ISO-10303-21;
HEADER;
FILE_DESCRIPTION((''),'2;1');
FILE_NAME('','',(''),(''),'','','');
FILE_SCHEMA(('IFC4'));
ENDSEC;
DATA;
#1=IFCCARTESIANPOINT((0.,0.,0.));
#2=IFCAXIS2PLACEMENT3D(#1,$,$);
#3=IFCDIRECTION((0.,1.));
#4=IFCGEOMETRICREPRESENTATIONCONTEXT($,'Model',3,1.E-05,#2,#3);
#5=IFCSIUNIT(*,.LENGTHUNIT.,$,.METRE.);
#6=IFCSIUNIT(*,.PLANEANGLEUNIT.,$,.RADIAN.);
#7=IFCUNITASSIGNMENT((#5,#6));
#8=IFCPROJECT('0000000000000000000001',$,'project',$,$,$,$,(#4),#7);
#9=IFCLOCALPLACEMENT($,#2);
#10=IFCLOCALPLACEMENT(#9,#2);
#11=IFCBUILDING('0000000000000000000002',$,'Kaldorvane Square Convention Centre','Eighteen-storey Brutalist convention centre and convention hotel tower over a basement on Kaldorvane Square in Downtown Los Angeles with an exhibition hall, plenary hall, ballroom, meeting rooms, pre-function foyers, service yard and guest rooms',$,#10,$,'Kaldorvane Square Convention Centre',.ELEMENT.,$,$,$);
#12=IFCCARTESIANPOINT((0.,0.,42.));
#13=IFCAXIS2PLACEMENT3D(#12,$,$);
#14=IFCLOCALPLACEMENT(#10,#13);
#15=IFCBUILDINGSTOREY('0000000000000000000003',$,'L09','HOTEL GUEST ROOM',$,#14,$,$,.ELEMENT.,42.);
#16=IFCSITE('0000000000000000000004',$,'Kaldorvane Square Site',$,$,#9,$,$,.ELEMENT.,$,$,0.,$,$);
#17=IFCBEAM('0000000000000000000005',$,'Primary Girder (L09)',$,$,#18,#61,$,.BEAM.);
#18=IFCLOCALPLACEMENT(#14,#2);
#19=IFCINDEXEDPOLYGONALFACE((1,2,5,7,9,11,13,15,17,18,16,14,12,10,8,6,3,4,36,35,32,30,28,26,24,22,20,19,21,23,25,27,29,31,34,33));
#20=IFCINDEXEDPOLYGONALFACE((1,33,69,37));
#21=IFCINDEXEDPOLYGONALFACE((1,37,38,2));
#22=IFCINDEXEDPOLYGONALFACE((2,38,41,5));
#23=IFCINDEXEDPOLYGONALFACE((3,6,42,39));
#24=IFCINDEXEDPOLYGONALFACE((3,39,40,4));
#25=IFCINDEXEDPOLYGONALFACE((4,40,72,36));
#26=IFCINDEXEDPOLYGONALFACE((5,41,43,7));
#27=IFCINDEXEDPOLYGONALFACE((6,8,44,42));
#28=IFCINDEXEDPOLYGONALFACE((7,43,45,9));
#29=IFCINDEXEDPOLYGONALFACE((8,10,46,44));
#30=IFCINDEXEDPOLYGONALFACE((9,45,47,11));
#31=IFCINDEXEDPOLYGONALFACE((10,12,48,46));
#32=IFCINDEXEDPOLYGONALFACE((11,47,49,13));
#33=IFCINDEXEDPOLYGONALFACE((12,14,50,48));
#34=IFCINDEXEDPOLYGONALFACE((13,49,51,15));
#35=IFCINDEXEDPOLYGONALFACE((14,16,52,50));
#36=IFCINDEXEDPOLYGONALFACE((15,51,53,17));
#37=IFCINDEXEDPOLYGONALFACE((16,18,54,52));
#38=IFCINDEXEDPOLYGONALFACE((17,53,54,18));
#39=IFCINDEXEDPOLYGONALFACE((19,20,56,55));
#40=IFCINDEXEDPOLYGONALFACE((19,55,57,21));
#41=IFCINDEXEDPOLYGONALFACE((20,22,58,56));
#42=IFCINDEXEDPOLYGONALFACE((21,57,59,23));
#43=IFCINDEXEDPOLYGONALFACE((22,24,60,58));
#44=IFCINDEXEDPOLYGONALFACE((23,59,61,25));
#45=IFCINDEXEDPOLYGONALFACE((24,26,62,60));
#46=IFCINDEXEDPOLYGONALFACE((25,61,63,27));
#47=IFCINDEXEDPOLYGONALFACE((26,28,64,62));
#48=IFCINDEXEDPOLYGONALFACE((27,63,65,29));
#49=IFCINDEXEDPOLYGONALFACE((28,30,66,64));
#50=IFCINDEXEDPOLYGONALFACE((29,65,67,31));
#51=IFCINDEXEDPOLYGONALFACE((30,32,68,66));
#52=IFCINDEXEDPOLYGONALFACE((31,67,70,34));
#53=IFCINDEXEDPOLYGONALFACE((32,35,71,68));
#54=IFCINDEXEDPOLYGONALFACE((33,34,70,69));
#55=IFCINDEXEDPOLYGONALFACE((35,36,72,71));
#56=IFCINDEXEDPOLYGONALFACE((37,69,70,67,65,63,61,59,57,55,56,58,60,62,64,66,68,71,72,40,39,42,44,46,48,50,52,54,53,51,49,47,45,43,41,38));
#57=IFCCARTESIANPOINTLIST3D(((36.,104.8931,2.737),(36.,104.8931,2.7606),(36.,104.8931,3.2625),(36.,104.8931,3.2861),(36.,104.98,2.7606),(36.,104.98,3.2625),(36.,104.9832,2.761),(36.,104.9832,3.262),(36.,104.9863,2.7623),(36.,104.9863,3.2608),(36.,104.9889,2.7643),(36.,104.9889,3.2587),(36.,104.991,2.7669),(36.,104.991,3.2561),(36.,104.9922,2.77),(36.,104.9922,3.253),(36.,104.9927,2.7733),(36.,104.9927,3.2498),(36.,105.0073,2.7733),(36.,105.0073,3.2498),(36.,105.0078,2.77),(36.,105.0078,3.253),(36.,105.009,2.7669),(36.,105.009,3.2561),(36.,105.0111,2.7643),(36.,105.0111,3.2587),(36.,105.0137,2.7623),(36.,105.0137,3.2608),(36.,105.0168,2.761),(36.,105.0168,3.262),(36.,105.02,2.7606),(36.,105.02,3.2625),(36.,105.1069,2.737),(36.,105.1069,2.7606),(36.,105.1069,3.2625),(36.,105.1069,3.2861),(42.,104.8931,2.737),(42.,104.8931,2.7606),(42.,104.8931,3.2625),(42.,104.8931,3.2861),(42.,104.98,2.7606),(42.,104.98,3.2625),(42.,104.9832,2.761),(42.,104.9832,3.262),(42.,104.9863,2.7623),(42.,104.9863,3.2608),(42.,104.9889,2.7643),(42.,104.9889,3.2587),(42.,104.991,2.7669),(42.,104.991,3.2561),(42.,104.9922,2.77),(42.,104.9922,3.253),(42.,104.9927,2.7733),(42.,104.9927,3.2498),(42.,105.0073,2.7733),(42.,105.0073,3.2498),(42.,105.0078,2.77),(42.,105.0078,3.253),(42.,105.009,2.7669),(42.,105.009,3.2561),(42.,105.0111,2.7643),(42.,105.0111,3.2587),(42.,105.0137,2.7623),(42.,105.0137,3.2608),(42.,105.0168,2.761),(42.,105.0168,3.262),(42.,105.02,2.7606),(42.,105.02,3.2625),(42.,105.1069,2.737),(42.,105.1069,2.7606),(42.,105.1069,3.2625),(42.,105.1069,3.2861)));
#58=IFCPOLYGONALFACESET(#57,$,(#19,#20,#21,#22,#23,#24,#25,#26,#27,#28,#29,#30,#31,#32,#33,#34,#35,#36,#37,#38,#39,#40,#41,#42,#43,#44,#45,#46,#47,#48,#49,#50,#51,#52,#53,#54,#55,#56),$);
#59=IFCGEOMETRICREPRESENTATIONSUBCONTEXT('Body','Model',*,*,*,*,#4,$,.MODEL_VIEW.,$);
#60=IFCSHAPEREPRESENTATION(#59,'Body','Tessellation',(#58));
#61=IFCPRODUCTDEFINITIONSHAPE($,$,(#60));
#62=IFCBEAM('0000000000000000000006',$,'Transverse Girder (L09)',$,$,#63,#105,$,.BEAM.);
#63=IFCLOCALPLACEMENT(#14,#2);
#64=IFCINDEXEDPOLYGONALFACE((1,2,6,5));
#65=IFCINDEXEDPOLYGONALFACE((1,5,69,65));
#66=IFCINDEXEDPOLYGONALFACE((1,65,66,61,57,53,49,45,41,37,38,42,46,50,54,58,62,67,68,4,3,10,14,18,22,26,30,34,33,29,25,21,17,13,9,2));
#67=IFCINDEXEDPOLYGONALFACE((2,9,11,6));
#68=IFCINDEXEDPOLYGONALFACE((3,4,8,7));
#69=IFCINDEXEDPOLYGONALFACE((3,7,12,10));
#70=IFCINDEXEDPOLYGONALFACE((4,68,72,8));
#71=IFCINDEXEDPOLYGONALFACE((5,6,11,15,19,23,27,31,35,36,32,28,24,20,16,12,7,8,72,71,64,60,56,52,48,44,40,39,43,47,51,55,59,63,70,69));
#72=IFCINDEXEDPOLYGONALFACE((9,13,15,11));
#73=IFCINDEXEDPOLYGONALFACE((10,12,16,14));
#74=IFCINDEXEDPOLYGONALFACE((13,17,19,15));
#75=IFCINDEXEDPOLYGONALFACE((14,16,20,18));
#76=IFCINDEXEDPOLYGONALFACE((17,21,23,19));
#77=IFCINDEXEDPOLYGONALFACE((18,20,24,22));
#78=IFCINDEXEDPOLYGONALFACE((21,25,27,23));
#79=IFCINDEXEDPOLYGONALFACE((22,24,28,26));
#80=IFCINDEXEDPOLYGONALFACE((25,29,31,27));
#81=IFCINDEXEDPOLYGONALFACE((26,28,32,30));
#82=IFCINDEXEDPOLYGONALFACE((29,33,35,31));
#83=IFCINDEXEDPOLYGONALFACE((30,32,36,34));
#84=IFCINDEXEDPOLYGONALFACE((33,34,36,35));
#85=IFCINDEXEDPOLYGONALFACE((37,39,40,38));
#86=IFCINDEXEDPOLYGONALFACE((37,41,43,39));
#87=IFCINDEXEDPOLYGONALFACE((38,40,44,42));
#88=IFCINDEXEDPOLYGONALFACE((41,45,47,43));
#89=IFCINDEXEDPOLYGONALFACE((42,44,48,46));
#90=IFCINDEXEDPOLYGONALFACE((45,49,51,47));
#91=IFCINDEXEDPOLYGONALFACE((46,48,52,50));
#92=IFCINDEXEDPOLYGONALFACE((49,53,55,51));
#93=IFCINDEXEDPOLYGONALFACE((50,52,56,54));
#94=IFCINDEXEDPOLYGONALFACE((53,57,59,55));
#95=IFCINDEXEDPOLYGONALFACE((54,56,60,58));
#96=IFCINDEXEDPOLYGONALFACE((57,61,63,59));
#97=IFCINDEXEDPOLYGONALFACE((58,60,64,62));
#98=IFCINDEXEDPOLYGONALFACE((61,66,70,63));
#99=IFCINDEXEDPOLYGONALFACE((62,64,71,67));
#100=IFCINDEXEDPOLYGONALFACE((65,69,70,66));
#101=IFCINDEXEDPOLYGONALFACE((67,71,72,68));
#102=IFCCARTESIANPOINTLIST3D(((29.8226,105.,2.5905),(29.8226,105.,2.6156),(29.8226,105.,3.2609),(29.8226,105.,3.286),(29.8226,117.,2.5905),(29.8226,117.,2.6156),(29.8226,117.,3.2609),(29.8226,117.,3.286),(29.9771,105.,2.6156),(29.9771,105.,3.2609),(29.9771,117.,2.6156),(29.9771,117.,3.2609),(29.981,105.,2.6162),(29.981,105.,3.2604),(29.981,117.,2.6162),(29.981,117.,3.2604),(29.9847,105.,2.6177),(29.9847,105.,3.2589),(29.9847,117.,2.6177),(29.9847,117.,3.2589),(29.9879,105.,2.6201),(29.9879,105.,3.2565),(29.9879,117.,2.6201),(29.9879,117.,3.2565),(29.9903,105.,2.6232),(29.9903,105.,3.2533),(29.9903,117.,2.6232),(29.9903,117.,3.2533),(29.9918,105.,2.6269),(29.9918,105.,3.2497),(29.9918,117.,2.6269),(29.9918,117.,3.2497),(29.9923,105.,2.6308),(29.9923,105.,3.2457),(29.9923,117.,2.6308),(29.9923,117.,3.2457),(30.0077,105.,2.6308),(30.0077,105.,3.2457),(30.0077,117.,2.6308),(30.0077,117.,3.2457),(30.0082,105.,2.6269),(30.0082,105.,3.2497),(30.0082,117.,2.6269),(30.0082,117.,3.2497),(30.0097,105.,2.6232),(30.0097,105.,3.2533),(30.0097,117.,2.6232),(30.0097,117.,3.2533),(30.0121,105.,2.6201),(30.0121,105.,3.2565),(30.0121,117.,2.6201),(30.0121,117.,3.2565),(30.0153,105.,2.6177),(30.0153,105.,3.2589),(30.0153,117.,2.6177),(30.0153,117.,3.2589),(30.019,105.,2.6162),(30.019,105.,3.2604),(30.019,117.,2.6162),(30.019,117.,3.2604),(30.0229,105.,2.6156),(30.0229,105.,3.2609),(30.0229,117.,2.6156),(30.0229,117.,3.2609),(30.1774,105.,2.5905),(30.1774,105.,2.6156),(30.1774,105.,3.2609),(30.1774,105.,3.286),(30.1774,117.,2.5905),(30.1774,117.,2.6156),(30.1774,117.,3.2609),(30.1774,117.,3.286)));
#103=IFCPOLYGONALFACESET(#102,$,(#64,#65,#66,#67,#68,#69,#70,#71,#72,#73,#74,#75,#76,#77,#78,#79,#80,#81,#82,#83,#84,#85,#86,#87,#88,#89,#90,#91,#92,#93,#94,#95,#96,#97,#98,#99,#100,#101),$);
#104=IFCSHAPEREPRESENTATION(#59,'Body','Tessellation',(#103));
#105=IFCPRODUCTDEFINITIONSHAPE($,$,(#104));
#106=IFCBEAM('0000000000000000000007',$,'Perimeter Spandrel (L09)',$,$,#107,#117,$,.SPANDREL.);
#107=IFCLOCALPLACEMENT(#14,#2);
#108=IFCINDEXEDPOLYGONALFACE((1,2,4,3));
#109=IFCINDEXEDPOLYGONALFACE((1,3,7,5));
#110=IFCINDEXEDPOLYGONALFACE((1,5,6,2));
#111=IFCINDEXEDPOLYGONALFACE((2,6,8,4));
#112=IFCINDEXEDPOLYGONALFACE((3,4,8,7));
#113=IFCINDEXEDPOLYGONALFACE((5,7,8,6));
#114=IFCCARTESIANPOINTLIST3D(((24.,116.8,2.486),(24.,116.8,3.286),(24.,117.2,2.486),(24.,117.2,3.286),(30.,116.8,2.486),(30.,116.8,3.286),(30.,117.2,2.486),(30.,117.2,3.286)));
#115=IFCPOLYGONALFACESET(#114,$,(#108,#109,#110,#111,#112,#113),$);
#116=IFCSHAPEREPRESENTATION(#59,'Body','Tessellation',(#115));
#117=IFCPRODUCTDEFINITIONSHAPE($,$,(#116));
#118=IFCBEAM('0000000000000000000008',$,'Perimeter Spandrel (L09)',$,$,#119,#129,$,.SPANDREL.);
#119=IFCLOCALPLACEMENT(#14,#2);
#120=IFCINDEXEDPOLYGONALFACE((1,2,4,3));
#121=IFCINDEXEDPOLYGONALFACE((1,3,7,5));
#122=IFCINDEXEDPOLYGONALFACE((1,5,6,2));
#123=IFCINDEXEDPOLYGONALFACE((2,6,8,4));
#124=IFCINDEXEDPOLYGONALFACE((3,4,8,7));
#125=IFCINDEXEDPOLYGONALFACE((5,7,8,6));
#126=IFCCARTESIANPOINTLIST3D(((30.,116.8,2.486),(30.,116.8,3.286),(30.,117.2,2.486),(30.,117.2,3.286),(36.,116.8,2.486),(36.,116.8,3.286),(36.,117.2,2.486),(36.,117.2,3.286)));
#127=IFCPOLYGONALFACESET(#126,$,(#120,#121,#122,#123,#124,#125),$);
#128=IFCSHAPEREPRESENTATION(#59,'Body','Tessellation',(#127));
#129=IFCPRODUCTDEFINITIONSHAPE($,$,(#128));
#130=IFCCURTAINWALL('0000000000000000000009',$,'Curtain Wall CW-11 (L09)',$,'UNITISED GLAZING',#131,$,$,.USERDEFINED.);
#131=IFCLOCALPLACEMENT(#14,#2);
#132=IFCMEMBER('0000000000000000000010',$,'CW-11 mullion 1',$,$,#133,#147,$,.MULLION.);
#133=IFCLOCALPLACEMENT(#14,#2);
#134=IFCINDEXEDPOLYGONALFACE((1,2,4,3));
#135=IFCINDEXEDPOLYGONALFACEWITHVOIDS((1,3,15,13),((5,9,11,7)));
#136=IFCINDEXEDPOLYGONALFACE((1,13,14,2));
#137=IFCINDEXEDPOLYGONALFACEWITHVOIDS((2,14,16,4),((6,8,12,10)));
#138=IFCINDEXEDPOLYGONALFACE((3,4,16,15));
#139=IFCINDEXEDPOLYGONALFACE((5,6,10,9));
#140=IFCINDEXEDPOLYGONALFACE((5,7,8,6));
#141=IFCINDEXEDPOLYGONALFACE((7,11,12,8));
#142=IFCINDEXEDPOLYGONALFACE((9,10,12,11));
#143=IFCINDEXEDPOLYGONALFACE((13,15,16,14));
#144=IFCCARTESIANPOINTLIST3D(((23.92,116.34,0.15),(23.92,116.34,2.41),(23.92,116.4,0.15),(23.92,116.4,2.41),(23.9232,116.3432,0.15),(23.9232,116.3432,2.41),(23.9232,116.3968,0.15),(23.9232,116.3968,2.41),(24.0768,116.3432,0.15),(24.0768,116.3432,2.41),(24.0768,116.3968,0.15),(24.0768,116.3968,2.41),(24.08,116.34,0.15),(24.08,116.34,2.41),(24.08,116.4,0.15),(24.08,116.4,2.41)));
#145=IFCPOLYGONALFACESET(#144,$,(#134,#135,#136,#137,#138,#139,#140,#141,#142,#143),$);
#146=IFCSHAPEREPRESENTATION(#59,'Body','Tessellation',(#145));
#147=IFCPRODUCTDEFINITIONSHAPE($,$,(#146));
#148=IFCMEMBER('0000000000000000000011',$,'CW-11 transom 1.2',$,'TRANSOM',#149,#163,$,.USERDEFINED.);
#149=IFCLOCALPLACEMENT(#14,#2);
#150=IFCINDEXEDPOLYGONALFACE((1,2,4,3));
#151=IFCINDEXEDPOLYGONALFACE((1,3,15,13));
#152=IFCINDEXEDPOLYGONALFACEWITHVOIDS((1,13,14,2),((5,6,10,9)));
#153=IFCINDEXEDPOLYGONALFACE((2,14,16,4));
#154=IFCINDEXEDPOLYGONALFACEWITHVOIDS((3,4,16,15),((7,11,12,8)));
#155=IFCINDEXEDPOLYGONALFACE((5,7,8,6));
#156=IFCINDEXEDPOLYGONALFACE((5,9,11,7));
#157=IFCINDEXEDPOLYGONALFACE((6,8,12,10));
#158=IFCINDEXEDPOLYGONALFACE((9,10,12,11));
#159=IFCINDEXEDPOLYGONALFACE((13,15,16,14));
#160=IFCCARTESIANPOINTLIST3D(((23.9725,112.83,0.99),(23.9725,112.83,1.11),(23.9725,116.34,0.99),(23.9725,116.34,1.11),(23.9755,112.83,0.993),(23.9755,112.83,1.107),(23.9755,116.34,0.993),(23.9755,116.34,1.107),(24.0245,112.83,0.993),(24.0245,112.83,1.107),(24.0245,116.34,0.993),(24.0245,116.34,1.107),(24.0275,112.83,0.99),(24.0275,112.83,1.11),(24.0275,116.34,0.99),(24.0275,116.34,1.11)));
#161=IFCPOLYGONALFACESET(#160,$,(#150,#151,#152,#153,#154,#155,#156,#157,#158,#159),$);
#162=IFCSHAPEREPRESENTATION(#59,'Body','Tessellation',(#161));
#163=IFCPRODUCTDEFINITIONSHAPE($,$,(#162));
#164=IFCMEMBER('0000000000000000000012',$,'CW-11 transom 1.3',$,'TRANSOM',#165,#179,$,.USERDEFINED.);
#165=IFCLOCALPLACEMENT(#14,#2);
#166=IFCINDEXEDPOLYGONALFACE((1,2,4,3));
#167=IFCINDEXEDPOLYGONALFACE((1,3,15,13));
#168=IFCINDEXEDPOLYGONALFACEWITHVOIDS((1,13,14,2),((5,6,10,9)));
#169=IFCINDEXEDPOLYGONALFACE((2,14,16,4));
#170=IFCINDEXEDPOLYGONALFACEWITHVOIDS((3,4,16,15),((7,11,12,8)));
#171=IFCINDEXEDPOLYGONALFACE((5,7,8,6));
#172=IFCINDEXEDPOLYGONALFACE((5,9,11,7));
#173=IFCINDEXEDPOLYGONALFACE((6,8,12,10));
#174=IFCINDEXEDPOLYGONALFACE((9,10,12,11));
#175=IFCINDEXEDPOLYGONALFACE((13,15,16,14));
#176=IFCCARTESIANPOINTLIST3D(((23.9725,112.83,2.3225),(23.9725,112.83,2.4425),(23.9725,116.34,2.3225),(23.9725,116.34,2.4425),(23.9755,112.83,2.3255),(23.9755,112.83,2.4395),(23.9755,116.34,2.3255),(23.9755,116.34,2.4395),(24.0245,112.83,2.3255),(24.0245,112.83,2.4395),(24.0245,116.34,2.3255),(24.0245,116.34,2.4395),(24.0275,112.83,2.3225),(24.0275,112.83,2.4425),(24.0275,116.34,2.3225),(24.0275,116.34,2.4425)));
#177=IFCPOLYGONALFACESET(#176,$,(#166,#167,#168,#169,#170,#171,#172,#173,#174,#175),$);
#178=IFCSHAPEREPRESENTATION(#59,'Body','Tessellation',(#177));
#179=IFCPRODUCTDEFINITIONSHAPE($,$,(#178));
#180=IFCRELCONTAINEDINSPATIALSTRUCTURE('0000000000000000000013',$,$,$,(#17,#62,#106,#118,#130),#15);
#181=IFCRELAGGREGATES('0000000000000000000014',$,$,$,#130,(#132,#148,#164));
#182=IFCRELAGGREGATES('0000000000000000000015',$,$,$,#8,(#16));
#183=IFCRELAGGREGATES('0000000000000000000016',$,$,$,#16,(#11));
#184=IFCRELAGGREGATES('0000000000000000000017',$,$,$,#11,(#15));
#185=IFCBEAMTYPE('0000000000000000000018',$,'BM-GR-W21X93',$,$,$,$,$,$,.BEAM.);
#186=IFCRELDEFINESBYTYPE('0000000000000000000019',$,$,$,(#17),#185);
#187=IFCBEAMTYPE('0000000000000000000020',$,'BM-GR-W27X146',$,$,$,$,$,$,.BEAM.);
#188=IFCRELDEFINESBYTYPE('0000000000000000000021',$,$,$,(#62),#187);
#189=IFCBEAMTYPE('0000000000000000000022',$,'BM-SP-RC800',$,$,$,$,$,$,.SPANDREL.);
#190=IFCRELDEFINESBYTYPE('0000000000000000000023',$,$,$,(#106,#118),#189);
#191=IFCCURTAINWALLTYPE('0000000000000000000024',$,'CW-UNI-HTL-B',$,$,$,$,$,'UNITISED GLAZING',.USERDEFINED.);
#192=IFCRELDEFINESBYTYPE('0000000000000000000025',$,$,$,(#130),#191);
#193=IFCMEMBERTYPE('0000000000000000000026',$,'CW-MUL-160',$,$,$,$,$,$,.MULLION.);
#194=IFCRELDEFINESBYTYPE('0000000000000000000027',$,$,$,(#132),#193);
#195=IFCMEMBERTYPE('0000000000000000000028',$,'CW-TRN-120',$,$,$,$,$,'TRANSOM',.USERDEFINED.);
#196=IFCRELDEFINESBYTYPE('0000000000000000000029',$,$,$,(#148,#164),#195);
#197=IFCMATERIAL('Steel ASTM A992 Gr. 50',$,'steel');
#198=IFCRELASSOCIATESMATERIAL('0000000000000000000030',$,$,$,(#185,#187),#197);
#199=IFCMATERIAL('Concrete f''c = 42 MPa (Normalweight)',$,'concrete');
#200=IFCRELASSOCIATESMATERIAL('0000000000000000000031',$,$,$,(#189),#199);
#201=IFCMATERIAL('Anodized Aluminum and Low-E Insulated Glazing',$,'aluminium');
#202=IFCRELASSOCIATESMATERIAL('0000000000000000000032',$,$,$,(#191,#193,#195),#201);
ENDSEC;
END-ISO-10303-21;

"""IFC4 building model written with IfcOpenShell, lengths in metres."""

from ifc_helpers import new_model, si_unit, direction, frame, origin, origin_2d, place, context, subcontext, project, spatial, rectangle, hollow_rectangle, i_section, extrude, material, material_profile, profile_set, type_object, element, aggregate, save


model = new_model("IFC4")

# Units and contexts
model_context = context("Model", 3, precision=1e-05, world=origin(), true_north=direction((0.0, 1.0)))
body_context = subcontext(model_context, "Body", "Model", "MODEL_VIEW")
ifc_project = project(units=[si_unit("LENGTHUNIT", "METRE"), si_unit("PLANEANGLEUNIT", "RADIAN")], contexts=[model_context])

# Site, building, storey
site_placement = place(None, origin())
site = spatial("IfcSite", under=ifc_project, at=site_placement, Name="Kaldorvane Square Site", CompositionType="ELEMENT", RefElevation=0.0)
building_placement = place(site_placement, origin())
building = spatial("IfcBuilding", under=site, at=building_placement, Name="Kaldorvane Square Convention Centre", Description="Eighteen-storey Brutalist convention centre and convention hotel tower over a basement on Kaldorvane Square in Downtown Los Angeles with an exhibition hall, plenary hall, ballroom, meeting rooms, pre-function foyers, service yard and guest rooms", LongName="Kaldorvane Square Convention Centre", CompositionType="ELEMENT")
storey_placement = place(building_placement, frame((0.0, 0.0, 42.0)))
storey = spatial("IfcBuildingStorey", under=building, at=storey_placement, Name="L09", Description="HOTEL GUEST ROOM", CompositionType="ELEMENT", Elevation=42.0)

# Shared definitions
ifc_material_1 = material(Name="Concrete f'c = 42 MPa (Normalweight)", Category="concrete")
ifc_material_2 = material(Name="Steel ASTM A992 Gr. 50", Category="steel")

# Beams
ifc_material_profile_1 = material_profile(ifc_material_2, i_section(OverallWidth=0.2139, OverallDepth=0.5491, WebThickness=0.0147, FlangeThickness=0.0236, FilletRadius=0.0127, at=origin_2d()), Name="W21X93")
ifc_profile_set_1 = profile_set([ifc_material_profile_1], Name="Steel ASTM A992 Gr. 50")
beam_type_1 = type_object("IfcBeamType", Name="BM-GR-W21X93", PredefinedType="BEAM", material=ifc_profile_set_1)
for number, where, z_axis, x_axis, name in (
    (1, (36.0, 105.0, 3.0115), (1.0, 0.0, 0.0), (0.0, 1.0, 0.0), "Primary Girder (L09)"),
):
    element("IfcBeam", number, at=place(storey_placement, frame(where, z_axis=z_axis, x_axis=x_axis)), inside=storey, type_object=beam_type_1, Name=name, PredefinedType="BEAM", context=body_context, shape_type="SweptSolid", body=[
        extrude(i_section(OverallWidth=0.2139, OverallDepth=0.5491, WebThickness=0.0147, FlangeThickness=0.0236, FilletRadius=0.0127, at=origin_2d()), origin(), (0.0, 0.0, 1.0), 6.0),
    ])
ifc_material_profile_2 = material_profile(ifc_material_2, i_section(OverallWidth=0.3547, OverallDepth=0.6955, WebThickness=0.0154, FlangeThickness=0.0251, FilletRadius=0.0152, at=origin_2d()), Name="W27X146")
ifc_profile_set_2 = profile_set([ifc_material_profile_2], Name="Steel ASTM A992 Gr. 50")
beam_type_2 = type_object("IfcBeamType", Name="BM-GR-W27X146", PredefinedType="BEAM", material=ifc_profile_set_2)
beam_placement = place(storey_placement, frame((30.0, 105.0, 2.9383), z_axis=(0.0, 1.0, 0.0), x_axis=(-1.0, 0.0, 0.0)))
element("IfcBeam", 2, at=beam_placement, inside=storey, type_object=beam_type_2, Name="Transverse Girder (L09)", PredefinedType="BEAM", context=body_context, shape_type="SweptSolid", body=[
    extrude(i_section(OverallWidth=0.3547, OverallDepth=0.6955, WebThickness=0.0154, FlangeThickness=0.0251, FilletRadius=0.0152, at=origin_2d()), origin(), (0.0, 0.0, 1.0), 12.0),
])
ifc_material_profile_3 = material_profile(ifc_material_1, rectangle(XDim=0.4, YDim=0.8, at=origin_2d()), Name="RCSP800X400")
ifc_profile_set_3 = profile_set([ifc_material_profile_3], Name="Concrete f'c = 42 MPa (Normalweight)")
beam_type_3 = type_object("IfcBeamType", Name="BM-SP-RC800", PredefinedType="SPANDREL", material=ifc_profile_set_3)
for number, where, z_axis, x_axis, name in (
    (3, (24.0, 117.0, 2.886), (1.0, 0.0, 0.0), (0.0, 1.0, 0.0), "Perimeter Spandrel (L09)"),
    (4, (30.0, 117.0, 2.886), (1.0, 0.0, 0.0), (0.0, 1.0, 0.0), "Perimeter Spandrel (L09)"),
):
    element("IfcBeam", number, at=place(storey_placement, frame(where, z_axis=z_axis, x_axis=x_axis)), inside=storey, type_object=beam_type_3, Name=name, PredefinedType="SPANDREL", context=body_context, shape_type="SweptSolid", body=[
        extrude(rectangle(XDim=0.4, YDim=0.8, at=origin_2d()), origin(), (0.0, 0.0, 1.0), 6.0),
    ])

# Curtain wall, members
ifc_material_3 = material(Name="Anodized Aluminum and Low-E Insulated Glazing", Category="aluminium")
curtain_wall_type = type_object("IfcCurtainWallType", Name="CW-UNI-HTL-B", ElementType="UNITISED GLAZING", PredefinedType="USERDEFINED", material=ifc_material_3)
curtain_wall_placement = place(storey_placement, origin())
curtain_wall = element("IfcCurtainWall", 5, at=curtain_wall_placement, inside=storey, type_object=curtain_wall_type, Name="Curtain Wall CW-11 (L09)", ObjectType="UNITISED GLAZING", PredefinedType="USERDEFINED")
ifc_material_profile_4 = material_profile(ifc_material_3, hollow_rectangle(XDim=0.06, YDim=0.16, WallThickness=0.0032, at=origin_2d()), Name="CWM-160X60")
ifc_profile_set_4 = profile_set([ifc_material_profile_4], Name="Anodized Aluminum and Low-E Insulated Glazing")
member_type_1 = type_object("IfcMemberType", Name="CW-MUL-160", PredefinedType="MULLION", material=ifc_profile_set_4)
member_1_placement = place(storey_placement, frame((24.0, 116.37, 0.15), z_axis=(0.0, 0.0, 1.0), x_axis=(0.0, -1.0, 0.0)))
member_1 = element("IfcMember", 6, at=member_1_placement, type_object=member_type_1, Name="CW-11 mullion 1", PredefinedType="MULLION", context=body_context, shape_type="SweptSolid", body=[
    extrude(hollow_rectangle(XDim=0.06, YDim=0.16, WallThickness=0.0032, at=origin_2d()), origin(), (0.0, 0.0, 1.0), 2.26),
])
ifc_material_profile_5 = material_profile(ifc_material_3, hollow_rectangle(XDim=0.055, YDim=0.12, WallThickness=0.003, at=origin_2d()), Name="CWT-120X55")
ifc_profile_set_5 = profile_set([ifc_material_profile_5], Name="Anodized Aluminum and Low-E Insulated Glazing")
member_type_2 = type_object("IfcMemberType", Name="CW-TRN-120", ElementType="TRANSOM", PredefinedType="USERDEFINED", material=ifc_profile_set_5)
member_2_placement = place(storey_placement, frame((24.0, 116.34, 1.05), z_axis=(0.0, -1.0, 0.0), x_axis=(1.0, 0.0, 0.0)))
member_2 = element("IfcMember", 7, at=member_2_placement, type_object=member_type_2, Name="CW-11 transom 1.2", ObjectType="TRANSOM", PredefinedType="USERDEFINED", context=body_context, shape_type="SweptSolid", body=[
    extrude(hollow_rectangle(XDim=0.055, YDim=0.12, WallThickness=0.003, at=origin_2d()), origin(), (0.0, 0.0, 1.0), 3.51),
])
member_3_placement = place(storey_placement, frame((24.0, 116.34, 2.3825), z_axis=(0.0, -1.0, 0.0), x_axis=(1.0, 0.0, 0.0)))
member_3 = element("IfcMember", 8, at=member_3_placement, type_object=member_type_2, Name="CW-11 transom 1.3", ObjectType="TRANSOM", PredefinedType="USERDEFINED", context=body_context, shape_type="SweptSolid", body=[
    extrude(hollow_rectangle(XDim=0.055, YDim=0.12, WallThickness=0.003, at=origin_2d()), origin(), (0.0, 0.0, 1.0), 3.51),
])
aggregate(curtain_wall, [member_1, member_2, member_3])

save(model, "model.ifc")
